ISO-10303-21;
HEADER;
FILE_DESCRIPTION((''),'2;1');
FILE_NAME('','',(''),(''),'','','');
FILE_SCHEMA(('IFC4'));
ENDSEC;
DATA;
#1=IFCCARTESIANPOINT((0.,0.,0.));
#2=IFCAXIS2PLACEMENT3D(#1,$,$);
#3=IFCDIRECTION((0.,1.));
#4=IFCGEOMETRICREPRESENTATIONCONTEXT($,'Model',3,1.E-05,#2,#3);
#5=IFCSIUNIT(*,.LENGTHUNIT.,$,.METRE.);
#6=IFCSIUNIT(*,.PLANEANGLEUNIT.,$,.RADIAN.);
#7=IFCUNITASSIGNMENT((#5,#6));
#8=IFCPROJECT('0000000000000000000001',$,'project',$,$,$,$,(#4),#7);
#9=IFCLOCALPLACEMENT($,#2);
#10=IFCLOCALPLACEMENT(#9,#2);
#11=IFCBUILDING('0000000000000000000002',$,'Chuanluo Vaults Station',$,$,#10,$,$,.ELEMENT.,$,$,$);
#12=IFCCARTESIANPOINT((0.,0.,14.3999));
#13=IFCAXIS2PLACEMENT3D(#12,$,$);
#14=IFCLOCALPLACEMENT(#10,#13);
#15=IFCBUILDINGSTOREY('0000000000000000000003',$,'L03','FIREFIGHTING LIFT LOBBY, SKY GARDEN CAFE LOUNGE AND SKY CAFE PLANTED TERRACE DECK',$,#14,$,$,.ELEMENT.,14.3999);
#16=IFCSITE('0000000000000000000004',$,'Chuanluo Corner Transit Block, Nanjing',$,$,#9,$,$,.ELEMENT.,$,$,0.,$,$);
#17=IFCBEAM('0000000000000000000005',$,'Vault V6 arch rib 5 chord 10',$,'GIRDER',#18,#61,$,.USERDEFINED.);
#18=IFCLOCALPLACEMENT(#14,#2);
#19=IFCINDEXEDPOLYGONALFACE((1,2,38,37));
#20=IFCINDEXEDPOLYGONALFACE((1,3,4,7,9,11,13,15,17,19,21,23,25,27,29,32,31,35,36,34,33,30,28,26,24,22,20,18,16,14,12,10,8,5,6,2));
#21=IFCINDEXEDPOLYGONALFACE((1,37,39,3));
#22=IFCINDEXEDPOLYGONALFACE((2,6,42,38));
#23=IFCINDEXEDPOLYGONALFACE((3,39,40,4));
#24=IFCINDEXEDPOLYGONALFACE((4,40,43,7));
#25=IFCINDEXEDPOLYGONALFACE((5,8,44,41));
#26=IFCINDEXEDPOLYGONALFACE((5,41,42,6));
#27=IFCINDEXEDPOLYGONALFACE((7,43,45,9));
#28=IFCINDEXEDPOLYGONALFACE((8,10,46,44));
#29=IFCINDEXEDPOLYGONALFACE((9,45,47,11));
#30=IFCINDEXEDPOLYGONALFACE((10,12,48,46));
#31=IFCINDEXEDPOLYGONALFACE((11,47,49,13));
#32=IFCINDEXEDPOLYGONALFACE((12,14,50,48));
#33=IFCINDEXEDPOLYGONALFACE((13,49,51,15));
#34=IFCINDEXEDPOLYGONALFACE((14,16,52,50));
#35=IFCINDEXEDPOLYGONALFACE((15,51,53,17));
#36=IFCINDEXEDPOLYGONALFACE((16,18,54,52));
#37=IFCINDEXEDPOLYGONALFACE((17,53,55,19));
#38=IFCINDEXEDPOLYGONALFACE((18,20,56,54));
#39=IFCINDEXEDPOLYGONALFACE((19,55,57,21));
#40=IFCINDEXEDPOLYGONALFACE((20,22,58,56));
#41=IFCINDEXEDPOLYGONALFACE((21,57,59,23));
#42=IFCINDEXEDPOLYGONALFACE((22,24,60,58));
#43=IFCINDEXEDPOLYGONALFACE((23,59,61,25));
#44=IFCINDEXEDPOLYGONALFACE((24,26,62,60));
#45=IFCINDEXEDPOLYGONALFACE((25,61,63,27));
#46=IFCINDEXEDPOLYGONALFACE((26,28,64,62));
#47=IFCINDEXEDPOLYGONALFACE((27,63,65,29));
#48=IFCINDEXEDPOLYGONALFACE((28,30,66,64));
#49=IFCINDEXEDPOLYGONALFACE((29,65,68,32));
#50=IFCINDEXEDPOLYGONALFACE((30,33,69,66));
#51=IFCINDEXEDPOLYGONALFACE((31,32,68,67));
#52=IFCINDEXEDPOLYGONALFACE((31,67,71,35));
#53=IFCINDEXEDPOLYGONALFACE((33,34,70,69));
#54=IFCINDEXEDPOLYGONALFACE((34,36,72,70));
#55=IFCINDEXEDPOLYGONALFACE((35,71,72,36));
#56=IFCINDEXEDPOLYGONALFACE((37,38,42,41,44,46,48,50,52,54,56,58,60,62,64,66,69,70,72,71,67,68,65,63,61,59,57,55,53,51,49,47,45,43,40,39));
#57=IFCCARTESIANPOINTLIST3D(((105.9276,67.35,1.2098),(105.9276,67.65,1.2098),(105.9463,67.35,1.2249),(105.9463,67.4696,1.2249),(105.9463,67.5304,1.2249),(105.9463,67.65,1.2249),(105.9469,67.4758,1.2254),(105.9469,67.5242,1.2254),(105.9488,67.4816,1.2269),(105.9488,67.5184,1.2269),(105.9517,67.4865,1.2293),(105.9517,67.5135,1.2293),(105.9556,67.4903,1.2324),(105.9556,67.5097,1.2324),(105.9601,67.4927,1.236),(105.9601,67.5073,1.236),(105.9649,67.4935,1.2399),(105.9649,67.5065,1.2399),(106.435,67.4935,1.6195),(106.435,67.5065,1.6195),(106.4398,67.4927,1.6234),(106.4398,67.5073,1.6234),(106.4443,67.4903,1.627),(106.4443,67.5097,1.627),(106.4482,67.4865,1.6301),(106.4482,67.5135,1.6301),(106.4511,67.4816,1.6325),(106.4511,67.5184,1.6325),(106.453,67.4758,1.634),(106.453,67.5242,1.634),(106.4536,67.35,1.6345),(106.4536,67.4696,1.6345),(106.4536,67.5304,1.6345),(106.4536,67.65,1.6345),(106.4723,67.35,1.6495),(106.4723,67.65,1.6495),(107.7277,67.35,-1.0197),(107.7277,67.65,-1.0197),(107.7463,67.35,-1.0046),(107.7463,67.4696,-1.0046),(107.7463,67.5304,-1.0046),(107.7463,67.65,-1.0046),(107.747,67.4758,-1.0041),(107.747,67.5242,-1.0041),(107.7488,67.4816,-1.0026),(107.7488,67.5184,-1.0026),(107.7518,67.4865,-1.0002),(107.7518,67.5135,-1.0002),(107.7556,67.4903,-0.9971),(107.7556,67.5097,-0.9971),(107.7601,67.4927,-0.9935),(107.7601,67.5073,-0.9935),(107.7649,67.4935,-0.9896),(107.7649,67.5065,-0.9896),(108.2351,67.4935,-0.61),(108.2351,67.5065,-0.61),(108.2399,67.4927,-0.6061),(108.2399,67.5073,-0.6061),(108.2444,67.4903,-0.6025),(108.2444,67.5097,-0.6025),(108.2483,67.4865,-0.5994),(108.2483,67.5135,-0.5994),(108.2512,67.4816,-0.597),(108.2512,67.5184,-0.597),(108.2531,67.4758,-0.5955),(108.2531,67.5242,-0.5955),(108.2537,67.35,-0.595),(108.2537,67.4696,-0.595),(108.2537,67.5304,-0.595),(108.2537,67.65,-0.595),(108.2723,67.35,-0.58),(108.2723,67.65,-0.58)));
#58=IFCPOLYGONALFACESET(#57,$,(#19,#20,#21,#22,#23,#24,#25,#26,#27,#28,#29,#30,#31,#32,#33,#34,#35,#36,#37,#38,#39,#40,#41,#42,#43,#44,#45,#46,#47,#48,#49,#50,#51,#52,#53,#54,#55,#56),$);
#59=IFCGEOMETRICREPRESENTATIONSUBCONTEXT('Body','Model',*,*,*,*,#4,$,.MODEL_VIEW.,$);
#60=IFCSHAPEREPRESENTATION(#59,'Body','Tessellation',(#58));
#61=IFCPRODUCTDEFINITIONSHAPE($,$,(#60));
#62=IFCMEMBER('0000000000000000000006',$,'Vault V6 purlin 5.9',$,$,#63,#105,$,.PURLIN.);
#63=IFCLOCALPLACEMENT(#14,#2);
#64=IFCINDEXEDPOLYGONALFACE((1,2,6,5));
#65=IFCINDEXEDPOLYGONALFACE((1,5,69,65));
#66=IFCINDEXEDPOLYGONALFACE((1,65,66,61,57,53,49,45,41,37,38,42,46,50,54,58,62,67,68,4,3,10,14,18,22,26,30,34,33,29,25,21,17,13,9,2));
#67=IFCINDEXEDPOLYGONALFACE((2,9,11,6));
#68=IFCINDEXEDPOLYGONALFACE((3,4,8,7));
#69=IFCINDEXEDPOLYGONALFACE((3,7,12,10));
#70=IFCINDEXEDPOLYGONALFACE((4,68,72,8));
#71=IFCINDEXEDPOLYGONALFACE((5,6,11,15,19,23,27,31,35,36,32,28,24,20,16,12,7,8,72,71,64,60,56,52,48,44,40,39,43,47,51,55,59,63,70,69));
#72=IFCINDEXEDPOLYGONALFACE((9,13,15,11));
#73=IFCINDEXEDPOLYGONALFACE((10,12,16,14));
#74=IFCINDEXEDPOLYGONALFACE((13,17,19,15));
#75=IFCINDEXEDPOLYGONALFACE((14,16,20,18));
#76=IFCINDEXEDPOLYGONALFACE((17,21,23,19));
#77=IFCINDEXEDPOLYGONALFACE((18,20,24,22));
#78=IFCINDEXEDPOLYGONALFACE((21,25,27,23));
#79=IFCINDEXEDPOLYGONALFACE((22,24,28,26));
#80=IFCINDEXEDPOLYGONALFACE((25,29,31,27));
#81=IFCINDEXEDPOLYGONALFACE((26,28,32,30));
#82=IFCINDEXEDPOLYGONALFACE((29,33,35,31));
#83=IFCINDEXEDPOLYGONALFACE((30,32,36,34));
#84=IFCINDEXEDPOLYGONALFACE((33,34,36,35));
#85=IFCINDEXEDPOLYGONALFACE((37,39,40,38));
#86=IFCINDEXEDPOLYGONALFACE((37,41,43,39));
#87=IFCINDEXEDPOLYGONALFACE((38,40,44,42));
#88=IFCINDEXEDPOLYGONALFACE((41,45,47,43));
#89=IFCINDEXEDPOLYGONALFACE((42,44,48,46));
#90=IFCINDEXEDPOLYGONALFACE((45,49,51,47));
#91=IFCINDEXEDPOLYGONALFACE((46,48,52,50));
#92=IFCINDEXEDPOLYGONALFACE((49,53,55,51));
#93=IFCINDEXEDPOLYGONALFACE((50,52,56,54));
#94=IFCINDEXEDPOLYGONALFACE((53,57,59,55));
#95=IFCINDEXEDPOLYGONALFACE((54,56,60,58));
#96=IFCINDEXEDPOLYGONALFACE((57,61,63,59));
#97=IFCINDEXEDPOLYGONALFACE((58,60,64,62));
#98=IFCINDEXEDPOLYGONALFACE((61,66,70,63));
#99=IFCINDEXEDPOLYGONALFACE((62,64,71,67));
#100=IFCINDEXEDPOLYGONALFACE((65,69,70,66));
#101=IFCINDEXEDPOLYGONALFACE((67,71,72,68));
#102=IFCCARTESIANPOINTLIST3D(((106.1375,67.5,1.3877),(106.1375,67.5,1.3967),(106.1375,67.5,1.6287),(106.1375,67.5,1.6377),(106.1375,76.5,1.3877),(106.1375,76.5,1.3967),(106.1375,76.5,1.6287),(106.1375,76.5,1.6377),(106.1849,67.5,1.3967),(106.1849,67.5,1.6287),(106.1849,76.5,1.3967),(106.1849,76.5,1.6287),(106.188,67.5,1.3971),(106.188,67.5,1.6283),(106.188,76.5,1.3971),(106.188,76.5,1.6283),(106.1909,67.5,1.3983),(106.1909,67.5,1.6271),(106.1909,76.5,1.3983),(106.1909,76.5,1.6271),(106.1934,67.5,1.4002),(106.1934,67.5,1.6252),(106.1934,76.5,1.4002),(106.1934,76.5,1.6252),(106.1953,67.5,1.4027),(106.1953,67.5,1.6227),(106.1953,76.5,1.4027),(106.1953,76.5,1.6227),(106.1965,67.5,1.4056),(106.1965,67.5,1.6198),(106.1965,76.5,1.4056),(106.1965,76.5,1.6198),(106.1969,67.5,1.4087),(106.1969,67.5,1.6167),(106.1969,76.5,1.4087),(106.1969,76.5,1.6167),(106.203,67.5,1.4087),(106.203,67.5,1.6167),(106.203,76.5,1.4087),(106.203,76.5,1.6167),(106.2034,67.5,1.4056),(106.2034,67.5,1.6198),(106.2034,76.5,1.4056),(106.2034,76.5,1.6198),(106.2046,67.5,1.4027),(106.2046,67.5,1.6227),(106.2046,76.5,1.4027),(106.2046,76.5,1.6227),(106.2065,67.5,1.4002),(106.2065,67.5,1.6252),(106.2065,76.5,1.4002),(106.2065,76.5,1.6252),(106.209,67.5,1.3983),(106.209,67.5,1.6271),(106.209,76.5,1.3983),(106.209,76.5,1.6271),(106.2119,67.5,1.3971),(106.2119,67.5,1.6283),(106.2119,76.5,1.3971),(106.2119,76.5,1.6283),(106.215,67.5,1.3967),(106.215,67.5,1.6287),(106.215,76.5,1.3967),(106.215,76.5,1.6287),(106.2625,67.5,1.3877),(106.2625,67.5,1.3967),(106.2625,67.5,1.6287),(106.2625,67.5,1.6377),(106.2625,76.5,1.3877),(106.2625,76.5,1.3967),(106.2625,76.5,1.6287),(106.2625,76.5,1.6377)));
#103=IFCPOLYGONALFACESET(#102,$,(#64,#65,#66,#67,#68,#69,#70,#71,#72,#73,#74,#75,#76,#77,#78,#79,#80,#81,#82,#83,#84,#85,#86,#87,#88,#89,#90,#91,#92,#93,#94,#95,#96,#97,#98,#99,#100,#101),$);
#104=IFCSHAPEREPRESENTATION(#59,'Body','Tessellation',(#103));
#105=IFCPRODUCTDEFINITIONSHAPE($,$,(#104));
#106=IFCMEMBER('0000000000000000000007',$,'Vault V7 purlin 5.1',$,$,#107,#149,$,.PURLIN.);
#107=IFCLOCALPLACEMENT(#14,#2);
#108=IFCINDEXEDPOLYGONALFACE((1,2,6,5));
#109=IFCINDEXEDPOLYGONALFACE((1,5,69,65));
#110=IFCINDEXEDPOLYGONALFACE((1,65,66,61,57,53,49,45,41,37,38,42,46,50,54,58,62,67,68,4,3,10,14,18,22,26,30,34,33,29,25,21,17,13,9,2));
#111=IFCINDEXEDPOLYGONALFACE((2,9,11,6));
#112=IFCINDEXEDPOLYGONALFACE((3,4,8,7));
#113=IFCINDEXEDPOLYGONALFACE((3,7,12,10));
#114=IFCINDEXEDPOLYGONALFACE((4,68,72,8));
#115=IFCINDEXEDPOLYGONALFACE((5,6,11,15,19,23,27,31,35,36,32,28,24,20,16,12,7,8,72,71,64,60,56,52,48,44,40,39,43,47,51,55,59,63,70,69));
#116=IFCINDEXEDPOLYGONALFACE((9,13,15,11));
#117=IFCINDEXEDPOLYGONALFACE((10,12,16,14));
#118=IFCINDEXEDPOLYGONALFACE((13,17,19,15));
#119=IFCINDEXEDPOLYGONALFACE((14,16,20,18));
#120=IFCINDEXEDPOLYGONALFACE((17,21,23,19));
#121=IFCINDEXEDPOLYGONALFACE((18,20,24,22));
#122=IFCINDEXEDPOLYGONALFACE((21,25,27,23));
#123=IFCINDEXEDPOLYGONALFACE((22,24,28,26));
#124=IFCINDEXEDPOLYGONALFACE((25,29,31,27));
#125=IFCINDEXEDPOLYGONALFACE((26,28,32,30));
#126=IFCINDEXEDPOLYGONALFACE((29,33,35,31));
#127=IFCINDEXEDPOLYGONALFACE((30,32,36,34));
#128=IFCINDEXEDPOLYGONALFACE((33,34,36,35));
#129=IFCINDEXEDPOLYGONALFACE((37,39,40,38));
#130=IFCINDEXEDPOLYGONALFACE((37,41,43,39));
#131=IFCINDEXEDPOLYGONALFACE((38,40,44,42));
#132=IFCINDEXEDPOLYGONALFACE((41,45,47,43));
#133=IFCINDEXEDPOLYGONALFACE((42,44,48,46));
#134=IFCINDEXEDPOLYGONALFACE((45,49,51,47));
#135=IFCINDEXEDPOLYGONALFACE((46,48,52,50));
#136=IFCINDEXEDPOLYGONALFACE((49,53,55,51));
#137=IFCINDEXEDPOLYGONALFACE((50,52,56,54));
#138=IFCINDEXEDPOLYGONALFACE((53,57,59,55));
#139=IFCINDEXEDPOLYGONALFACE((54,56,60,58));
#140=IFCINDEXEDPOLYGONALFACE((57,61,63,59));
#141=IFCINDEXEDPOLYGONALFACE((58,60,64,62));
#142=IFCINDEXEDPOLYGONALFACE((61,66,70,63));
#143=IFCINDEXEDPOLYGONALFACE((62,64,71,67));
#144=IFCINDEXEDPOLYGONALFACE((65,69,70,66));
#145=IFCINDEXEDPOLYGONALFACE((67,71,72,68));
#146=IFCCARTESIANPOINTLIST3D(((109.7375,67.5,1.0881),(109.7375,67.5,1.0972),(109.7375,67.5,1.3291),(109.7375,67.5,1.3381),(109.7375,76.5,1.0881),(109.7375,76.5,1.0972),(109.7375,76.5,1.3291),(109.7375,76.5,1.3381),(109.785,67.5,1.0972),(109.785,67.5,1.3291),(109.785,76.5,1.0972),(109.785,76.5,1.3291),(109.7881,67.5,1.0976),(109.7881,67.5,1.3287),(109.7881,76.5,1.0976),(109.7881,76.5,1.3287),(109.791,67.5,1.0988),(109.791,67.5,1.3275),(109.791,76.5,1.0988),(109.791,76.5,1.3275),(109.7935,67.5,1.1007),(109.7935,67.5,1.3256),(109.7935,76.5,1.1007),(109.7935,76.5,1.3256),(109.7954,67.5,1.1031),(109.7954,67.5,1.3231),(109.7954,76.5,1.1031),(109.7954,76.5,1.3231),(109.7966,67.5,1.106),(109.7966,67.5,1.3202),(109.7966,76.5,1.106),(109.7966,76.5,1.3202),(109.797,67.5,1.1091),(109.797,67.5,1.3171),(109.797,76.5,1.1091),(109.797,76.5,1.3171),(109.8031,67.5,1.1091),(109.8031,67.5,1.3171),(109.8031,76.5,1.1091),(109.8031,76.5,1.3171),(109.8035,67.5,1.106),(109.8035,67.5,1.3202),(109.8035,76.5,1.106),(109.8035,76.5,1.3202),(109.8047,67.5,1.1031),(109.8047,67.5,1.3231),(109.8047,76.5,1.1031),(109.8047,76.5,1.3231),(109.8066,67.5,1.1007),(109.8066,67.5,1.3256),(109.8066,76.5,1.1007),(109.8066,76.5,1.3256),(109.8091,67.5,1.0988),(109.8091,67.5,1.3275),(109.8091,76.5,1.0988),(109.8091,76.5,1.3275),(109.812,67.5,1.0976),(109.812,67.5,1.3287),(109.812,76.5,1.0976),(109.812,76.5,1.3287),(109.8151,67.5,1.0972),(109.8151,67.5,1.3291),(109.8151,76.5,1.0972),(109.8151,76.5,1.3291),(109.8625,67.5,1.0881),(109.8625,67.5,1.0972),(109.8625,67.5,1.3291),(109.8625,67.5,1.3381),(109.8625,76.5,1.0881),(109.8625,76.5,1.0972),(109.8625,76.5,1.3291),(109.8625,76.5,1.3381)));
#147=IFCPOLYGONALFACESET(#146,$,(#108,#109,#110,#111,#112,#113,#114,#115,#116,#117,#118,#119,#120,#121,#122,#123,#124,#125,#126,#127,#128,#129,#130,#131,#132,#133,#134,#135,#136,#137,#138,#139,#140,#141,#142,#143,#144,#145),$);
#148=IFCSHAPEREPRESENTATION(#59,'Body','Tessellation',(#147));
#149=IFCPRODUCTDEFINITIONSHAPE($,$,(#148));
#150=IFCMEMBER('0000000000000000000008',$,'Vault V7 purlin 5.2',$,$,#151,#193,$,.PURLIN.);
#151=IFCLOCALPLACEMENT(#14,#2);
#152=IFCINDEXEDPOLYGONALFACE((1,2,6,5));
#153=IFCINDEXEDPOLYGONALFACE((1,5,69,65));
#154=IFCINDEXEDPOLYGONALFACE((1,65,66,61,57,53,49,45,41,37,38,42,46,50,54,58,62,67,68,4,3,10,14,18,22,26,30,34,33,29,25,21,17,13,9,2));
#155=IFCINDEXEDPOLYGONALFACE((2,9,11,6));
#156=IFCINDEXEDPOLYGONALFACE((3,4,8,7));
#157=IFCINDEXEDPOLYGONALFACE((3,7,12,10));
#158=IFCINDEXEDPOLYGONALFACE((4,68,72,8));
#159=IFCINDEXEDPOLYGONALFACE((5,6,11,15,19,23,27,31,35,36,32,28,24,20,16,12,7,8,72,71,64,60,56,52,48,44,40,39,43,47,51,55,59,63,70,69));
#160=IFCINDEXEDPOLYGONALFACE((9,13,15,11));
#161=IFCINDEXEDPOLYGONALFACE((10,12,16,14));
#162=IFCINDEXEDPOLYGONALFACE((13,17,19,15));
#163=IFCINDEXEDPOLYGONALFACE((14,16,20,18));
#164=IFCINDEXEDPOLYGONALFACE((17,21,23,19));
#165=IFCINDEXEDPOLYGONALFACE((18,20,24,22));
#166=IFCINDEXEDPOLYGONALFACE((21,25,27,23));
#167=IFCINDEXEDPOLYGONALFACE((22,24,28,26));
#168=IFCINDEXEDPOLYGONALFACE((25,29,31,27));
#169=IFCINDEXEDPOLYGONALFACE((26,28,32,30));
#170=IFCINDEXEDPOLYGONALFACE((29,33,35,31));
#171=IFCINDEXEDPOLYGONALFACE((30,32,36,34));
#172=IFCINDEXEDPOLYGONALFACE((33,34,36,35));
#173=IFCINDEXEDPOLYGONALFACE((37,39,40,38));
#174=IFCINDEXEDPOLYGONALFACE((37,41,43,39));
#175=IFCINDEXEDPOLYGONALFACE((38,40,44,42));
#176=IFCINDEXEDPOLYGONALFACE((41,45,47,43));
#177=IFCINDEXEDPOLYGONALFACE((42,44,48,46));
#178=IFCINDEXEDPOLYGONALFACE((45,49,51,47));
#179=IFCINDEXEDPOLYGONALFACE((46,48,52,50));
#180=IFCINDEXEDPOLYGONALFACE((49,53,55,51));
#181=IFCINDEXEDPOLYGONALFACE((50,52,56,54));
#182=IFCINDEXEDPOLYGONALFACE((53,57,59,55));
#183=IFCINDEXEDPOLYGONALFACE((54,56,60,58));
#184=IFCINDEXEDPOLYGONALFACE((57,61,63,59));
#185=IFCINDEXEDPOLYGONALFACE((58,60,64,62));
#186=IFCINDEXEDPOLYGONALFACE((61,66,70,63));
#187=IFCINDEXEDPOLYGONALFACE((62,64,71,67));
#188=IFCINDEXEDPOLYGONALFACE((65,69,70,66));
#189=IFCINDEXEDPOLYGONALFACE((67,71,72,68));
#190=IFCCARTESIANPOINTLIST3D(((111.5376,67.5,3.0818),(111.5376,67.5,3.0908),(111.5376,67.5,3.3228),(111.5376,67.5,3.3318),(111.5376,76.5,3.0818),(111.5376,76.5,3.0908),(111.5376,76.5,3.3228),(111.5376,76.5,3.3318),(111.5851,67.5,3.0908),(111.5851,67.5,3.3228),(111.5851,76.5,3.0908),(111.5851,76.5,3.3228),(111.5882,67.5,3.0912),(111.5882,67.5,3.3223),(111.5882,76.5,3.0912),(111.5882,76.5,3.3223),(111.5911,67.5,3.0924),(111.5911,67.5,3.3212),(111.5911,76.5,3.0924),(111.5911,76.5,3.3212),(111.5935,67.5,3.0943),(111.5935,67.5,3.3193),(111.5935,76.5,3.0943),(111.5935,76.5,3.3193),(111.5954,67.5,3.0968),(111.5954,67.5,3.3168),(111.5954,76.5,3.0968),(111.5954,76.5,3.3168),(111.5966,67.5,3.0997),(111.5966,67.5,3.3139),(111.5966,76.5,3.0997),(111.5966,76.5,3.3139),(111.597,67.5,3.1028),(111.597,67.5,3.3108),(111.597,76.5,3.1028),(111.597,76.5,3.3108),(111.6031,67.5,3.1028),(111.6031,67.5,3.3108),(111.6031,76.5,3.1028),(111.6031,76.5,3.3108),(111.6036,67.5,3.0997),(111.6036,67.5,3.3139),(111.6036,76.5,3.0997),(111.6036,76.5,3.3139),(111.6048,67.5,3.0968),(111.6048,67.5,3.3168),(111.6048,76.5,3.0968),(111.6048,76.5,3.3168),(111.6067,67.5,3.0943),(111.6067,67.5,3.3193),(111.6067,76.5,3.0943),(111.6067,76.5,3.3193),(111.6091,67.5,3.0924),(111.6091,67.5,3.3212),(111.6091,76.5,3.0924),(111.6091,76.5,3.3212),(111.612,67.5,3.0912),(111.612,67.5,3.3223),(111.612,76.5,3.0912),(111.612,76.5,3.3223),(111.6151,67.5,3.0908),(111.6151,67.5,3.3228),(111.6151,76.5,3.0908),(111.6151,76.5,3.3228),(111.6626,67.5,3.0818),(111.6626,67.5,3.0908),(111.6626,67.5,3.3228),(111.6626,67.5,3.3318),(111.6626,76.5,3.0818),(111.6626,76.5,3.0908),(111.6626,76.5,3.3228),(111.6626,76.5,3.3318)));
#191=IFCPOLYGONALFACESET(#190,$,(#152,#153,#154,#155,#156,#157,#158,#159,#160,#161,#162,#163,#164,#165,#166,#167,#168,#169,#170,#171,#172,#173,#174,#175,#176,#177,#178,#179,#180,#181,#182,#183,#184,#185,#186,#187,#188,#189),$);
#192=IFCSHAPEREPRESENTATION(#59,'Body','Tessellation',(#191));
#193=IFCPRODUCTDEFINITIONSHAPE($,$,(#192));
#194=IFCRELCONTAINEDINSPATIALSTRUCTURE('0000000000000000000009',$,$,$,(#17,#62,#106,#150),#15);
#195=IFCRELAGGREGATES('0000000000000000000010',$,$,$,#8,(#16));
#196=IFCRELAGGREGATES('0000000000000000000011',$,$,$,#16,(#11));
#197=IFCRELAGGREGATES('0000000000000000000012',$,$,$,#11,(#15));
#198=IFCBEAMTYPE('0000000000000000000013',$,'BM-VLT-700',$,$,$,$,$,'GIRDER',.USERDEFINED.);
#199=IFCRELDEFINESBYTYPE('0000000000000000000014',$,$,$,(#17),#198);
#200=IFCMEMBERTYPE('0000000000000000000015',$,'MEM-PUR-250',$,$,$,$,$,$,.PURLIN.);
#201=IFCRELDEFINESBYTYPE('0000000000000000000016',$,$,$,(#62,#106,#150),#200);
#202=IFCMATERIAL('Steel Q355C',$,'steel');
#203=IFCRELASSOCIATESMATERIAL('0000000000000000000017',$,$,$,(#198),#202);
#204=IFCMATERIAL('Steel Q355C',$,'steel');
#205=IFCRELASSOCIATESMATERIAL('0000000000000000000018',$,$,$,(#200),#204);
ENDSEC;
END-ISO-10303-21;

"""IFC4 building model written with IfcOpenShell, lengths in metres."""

from ifc_helpers import new_model, si_unit, direction, frame, origin, origin_2d, place, context, subcontext, project, spatial, i_section, extrude, material, material_profile, profile_set, type_object, element, save


model = new_model("IFC4")

# Units and contexts
model_context = context("Model", 3, precision=1e-05, world=origin(), true_north=direction((0.0, 1.0)))
body_context = subcontext(model_context, "Body", "Model", "MODEL_VIEW")
ifc_project = project(units=[si_unit("LENGTHUNIT", "METRE"), si_unit("PLANEANGLEUNIT", "RADIAN")], contexts=[model_context])

# Site, building, storey
site_placement = place(None, origin())
site = spatial("IfcSite", under=ifc_project, at=site_placement, Name="Chuanluo Corner Transit Block, Nanjing", CompositionType="ELEMENT", RefElevation=0.0)
building_placement = place(site_placement, origin())
building = spatial("IfcBuilding", under=site, at=building_placement, Name="Chuanluo Vaults Station", CompositionType="ELEMENT")
storey_placement = place(building_placement, frame((0.0, 0.0, 14.3999)))
storey = spatial("IfcBuildingStorey", under=building, at=storey_placement, Name="L03", Description="FIREFIGHTING LIFT LOBBY, SKY GARDEN CAFE LOUNGE AND SKY CAFE PLANTED TERRACE DECK", CompositionType="ELEMENT", Elevation=14.3999)

# Beam
ifc_material_1 = material(Name="Steel Q355C", Category="steel")
ifc_material_profile_1 = material_profile(ifc_material_1, i_section(OverallWidth=0.3, OverallDepth=0.7, WebThickness=0.0129, FlangeThickness=0.0239, FilletRadius=0.0239, at=origin_2d()))
ifc_profile_set_1 = profile_set([ifc_material_profile_1], Name="Steel Q355C")
beam_type_1 = type_object("IfcBeamType", Name="BM-VLT-700", ElementType="GIRDER", PredefinedType="USERDEFINED", material=ifc_profile_set_1)
beam_1_placement = place(storey_placement, frame((106.2, 67.5, 1.4297), z_axis=(0.62819, 0.0, -0.77806), x_axis=(0.0, 1.0, 0.0)))
element("IfcBeam", 1, at=beam_1_placement, inside=storey, type_object=beam_type_1, Name="Vault V6 arch rib 5 chord 10", ObjectType="GIRDER", PredefinedType="USERDEFINED", context=body_context, shape_type="SweptSolid", body=[
    extrude(i_section(OverallWidth=0.3, OverallDepth=0.7, WebThickness=0.0129, FlangeThickness=0.0239, FilletRadius=0.0239, at=origin_2d()), origin(), (0.0, 0.0, 1.0), 2.8655),
])

# Members
ifc_material_2 = material(Name="Steel Q355C", Category="steel")
ifc_material_profile_2 = material_profile(ifc_material_2, i_section(OverallWidth=0.125, OverallDepth=0.25, WebThickness=0.0061, FlangeThickness=0.009, FilletRadius=0.012, at=origin_2d()))
ifc_profile_set_2 = profile_set([ifc_material_profile_2], Name="Steel Q355C")
member_type_1 = type_object("IfcMemberType", Name="MEM-PUR-250", PredefinedType="PURLIN", material=ifc_profile_set_2)
for number, where, z_axis, x_axis, name in (
    (2, (106.2, 67.5, 1.5127), (0.0, 1.0, 0.0), (-1.0, 0.0, 0.0), "Vault V6 purlin 5.9"),
    (3, (109.8, 67.5, 1.2131), (0.0, 1.0, 0.0), (-1.0, 0.0, 0.0), "Vault V7 purlin 5.1"),
    (4, (111.6001, 67.5, 3.2068), (0.0, 1.0, 0.0), (-1.0, 0.0, 0.0), "Vault V7 purlin 5.2"),
):
    element("IfcMember", number, at=place(storey_placement, frame(where, z_axis=z_axis, x_axis=x_axis)), inside=storey, type_object=member_type_1, Name=name, PredefinedType="PURLIN", context=body_context, shape_type="SweptSolid", body=[
        extrude(i_section(OverallWidth=0.125, OverallDepth=0.25, WebThickness=0.0061, FlangeThickness=0.009, FilletRadius=0.012, at=origin_2d()), origin(), (0.0, 0.0, 1.0), 9.0),
    ])

save(model, "model.ifc")
